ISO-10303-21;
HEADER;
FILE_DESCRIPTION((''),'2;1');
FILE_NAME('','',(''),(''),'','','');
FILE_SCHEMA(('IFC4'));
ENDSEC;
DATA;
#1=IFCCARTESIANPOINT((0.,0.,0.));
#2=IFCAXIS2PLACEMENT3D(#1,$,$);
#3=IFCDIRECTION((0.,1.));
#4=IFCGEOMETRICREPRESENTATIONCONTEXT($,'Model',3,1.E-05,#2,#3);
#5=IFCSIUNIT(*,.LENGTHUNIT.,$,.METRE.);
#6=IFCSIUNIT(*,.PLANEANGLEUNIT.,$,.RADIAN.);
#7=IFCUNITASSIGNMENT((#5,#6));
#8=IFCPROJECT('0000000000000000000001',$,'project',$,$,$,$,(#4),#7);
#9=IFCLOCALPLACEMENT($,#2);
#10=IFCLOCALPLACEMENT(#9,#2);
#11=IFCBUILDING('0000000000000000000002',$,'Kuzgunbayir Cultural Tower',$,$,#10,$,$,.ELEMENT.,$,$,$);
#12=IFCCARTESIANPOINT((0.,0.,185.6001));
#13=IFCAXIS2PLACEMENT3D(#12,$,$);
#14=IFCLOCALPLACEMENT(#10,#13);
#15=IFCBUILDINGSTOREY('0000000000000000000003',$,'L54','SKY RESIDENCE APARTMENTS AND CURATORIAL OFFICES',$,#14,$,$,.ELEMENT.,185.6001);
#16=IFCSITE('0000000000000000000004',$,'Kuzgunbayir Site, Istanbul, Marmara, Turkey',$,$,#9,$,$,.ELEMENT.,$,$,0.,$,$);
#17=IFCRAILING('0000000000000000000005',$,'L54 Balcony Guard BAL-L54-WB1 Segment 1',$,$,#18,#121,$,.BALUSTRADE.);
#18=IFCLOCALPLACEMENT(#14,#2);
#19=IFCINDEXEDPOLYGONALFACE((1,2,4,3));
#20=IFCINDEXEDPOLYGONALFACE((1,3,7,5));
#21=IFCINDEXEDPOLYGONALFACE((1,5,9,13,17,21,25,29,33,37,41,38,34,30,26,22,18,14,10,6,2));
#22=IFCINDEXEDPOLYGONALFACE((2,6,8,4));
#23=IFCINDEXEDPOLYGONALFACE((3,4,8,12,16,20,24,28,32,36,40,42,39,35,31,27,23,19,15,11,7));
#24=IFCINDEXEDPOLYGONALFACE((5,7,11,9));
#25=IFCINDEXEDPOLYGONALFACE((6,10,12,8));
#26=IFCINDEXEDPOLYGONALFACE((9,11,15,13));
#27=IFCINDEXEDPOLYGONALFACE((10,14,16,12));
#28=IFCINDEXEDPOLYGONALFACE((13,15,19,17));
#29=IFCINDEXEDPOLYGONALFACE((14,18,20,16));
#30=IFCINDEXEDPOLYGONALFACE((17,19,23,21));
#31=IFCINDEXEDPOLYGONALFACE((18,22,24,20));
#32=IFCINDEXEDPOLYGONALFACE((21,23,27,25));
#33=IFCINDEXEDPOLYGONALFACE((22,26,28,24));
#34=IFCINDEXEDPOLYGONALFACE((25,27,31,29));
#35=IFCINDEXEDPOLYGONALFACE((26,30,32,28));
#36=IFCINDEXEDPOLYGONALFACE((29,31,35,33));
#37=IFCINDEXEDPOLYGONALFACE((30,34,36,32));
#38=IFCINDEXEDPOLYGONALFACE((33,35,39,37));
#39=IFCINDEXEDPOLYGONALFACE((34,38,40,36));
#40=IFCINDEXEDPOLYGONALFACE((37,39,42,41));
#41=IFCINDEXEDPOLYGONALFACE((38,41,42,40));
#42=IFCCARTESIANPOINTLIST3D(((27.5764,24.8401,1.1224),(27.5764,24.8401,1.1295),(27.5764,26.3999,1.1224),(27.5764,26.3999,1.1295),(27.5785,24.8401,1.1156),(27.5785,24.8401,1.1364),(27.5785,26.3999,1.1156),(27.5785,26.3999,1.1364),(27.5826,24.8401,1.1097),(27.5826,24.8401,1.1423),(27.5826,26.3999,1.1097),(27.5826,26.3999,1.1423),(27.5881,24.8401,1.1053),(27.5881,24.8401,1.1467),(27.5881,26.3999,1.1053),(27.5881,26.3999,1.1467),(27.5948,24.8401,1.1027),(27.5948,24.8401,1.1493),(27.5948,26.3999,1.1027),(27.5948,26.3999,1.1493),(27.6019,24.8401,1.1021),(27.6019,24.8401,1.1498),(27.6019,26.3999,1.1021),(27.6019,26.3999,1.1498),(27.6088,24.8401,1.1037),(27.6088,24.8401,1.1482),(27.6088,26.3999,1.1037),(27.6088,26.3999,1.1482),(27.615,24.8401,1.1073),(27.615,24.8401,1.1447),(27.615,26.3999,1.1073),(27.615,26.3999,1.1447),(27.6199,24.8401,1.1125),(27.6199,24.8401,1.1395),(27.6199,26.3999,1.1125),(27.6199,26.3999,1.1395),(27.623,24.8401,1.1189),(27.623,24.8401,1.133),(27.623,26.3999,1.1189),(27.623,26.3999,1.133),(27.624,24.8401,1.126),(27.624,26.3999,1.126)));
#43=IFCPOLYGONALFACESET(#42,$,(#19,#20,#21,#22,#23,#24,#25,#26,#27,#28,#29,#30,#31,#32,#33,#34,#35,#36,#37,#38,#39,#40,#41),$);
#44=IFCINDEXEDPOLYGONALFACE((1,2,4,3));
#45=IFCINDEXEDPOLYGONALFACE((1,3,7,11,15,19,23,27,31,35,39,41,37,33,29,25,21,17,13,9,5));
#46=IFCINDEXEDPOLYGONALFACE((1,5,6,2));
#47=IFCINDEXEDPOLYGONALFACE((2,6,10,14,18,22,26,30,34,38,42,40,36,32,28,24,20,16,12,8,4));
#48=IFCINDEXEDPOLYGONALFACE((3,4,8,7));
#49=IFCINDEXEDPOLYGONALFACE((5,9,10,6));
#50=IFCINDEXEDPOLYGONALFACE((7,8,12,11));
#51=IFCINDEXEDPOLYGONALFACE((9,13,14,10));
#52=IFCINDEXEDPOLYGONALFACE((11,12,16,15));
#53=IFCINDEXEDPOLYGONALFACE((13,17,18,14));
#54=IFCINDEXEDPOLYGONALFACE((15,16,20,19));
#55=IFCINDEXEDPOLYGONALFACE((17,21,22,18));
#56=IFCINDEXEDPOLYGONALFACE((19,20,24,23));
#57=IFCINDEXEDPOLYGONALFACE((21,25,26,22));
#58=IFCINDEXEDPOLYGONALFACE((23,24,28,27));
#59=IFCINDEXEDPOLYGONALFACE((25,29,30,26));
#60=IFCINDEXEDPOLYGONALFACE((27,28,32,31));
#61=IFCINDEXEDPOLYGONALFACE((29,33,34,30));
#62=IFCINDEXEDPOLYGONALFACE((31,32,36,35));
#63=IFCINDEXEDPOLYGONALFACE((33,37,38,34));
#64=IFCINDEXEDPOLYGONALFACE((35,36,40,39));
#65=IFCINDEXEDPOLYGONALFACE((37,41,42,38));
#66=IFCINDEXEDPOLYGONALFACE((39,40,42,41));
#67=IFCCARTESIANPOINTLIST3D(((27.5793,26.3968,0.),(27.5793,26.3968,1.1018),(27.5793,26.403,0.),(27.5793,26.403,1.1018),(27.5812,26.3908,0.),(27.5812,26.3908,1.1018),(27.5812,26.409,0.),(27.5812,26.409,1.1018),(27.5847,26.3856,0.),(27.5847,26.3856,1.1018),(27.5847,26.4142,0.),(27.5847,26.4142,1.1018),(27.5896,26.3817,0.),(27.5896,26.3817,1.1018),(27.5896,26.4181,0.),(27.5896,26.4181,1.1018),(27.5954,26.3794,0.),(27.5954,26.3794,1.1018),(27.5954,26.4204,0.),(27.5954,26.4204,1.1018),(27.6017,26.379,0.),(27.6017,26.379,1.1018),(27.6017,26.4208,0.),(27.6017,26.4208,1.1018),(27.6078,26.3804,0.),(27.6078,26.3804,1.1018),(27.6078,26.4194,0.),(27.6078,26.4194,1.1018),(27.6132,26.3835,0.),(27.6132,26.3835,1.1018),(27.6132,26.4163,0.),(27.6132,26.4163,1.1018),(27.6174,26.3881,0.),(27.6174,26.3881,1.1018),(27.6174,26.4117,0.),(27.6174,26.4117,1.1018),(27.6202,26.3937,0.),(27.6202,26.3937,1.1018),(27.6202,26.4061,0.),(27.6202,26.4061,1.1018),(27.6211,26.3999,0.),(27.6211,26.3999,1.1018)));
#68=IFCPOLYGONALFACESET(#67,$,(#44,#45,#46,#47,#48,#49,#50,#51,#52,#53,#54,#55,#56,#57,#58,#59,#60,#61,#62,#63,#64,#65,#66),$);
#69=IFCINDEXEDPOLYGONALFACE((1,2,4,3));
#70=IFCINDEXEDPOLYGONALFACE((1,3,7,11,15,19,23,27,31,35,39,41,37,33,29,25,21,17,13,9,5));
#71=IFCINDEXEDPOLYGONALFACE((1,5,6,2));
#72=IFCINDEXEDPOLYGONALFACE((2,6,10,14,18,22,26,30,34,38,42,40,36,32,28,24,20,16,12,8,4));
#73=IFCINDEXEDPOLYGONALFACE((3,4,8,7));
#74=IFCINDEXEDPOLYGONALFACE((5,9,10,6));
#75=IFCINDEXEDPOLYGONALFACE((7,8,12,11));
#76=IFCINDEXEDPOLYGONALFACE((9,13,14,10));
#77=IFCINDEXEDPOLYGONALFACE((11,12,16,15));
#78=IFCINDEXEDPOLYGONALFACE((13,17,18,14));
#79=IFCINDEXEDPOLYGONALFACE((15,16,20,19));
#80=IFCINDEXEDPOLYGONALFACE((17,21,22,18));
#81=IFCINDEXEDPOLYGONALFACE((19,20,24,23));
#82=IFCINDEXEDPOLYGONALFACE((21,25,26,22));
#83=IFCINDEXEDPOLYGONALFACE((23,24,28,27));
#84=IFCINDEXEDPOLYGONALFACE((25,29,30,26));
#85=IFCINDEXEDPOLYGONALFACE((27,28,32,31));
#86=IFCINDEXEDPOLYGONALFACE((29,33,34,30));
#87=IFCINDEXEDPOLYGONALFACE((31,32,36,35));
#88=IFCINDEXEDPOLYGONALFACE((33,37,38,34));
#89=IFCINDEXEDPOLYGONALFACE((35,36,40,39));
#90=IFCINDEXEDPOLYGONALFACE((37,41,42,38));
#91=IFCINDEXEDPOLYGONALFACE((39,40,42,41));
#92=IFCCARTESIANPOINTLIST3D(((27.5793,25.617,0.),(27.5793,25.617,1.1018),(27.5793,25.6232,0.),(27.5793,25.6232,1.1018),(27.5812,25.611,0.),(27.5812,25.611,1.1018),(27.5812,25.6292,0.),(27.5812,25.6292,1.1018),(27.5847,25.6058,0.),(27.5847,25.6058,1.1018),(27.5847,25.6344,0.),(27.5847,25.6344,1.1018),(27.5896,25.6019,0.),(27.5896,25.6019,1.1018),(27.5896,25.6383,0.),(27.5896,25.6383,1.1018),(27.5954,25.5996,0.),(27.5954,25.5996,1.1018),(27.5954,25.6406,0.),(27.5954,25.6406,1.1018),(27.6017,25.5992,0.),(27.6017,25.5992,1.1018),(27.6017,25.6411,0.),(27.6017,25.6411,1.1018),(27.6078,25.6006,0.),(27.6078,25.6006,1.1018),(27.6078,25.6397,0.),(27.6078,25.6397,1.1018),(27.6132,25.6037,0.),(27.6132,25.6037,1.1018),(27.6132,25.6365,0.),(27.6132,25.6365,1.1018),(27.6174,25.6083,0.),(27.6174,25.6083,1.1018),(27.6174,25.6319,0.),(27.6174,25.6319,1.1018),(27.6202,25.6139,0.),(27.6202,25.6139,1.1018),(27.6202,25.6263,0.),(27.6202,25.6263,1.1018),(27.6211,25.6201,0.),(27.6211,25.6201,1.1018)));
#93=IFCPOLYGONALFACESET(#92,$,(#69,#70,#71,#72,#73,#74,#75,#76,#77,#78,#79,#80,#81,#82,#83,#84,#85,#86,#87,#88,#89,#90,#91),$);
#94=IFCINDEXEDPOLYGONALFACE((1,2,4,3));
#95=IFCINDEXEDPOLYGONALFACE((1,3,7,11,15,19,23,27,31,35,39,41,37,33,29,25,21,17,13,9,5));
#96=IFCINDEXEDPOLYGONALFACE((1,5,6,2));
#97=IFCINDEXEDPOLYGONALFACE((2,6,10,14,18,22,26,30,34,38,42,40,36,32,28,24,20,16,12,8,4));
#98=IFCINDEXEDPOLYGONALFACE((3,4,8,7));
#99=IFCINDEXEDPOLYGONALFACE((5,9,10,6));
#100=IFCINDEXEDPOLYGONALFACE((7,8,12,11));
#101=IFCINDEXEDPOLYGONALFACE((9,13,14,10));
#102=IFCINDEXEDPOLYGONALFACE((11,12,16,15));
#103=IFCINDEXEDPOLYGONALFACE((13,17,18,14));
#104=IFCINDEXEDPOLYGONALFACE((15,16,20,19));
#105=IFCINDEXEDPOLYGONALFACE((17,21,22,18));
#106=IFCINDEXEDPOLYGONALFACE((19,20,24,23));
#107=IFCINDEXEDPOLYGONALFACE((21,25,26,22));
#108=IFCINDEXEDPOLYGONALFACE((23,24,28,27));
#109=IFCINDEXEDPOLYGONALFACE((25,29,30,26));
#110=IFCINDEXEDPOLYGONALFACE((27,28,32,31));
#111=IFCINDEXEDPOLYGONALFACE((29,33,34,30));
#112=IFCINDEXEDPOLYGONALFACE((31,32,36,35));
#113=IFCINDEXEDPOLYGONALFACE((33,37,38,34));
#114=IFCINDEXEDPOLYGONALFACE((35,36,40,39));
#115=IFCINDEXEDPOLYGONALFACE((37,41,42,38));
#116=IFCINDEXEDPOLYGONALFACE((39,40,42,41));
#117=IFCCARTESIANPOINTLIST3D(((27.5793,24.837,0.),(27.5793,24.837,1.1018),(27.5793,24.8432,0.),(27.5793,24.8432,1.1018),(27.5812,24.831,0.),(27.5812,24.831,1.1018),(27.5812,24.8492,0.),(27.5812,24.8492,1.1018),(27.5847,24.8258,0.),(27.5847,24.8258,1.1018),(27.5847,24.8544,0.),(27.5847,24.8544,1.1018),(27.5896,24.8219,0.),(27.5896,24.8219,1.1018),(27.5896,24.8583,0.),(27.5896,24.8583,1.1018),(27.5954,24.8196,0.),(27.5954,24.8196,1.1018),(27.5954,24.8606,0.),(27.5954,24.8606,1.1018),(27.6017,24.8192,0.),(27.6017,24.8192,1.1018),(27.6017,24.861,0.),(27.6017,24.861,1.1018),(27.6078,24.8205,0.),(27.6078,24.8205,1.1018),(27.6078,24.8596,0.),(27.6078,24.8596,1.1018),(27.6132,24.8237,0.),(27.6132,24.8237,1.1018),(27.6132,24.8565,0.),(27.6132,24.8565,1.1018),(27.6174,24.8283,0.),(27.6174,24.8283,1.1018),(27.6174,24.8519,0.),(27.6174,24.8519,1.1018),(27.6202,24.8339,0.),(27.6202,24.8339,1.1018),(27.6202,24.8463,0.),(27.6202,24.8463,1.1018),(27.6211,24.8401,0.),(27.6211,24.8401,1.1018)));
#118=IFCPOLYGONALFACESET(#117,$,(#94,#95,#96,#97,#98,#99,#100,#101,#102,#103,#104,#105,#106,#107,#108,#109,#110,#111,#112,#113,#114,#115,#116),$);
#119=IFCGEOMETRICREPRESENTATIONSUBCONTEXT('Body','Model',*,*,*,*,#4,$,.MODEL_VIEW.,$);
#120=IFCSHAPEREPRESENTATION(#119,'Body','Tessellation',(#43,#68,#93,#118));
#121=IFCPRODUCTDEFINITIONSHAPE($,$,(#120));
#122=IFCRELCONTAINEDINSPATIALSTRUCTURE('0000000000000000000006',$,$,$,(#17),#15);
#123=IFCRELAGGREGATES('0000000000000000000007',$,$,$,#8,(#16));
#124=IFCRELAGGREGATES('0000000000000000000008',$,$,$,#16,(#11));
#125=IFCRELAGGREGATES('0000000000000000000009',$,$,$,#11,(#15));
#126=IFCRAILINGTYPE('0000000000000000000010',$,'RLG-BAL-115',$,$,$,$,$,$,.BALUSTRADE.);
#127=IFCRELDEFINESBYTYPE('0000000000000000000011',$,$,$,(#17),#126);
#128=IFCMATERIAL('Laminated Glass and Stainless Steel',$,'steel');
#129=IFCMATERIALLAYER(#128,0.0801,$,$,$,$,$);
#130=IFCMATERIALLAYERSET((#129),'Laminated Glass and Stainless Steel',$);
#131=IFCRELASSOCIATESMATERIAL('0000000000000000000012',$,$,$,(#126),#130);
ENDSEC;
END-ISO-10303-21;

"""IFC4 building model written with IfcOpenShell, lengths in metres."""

from ifc_helpers import new_model, si_unit, direction, frame, origin, origin_2d, place, context, subcontext, project, spatial, circle, extrude, material, layer, layer_set, type_object, element, save


model = new_model("IFC4")

# Units and contexts
model_context = context("Model", 3, precision=1e-05, world=origin(), true_north=direction((0.0, 1.0)))
body_context = subcontext(model_context, "Body", "Model", "MODEL_VIEW")
ifc_project = project(units=[si_unit("LENGTHUNIT", "METRE"), si_unit("PLANEANGLEUNIT", "RADIAN")], contexts=[model_context])

# Site, building, storey
site_placement = place(None, origin())
site = spatial("IfcSite", under=ifc_project, at=site_placement, Name="Kuzgunbayir Site, Istanbul, Marmara, Turkey", CompositionType="ELEMENT", RefElevation=0.0)
building_placement = place(site_placement, origin())
building = spatial("IfcBuilding", under=site, at=building_placement, Name="Kuzgunbayir Cultural Tower", CompositionType="ELEMENT")
storey_placement = place(building_placement, frame((0.0, 0.0, 185.6001)))
storey = spatial("IfcBuildingStorey", under=building, at=storey_placement, Name="L54", Description="SKY RESIDENCE APARTMENTS AND CURATORIAL OFFICES", CompositionType="ELEMENT", Elevation=185.6001)

# Railing
ifc_material_1 = material(Name="Laminated Glass and Stainless Steel", Category="steel")
ifc_layer_1 = layer(ifc_material_1, 0.0801)
ifc_layer_set_1 = layer_set([ifc_layer_1], Name="Laminated Glass and Stainless Steel")
railing_type = type_object("IfcRailingType", Name="RLG-BAL-115", PredefinedType="BALUSTRADE", material=ifc_layer_set_1)
railing_1_placement = place(storey_placement, frame((27.6001, 26.3999, 0.0)))
element("IfcRailing", 1, at=railing_1_placement, inside=storey, type_object=railing_type, Name="L54 Balcony Guard BAL-L54-WB1 Segment 1", PredefinedType="BALUSTRADE", context=body_context, shape_type="SweptSolid", body=[
    extrude(circle(Radius=0.0239, at=origin_2d()), frame((0.0, 0.0, 1.126), z_axis=(0.0, -1.0, 0.0), x_axis=(1.0, 0.0, 0.0)), (0.0, 0.0, 1.0), 1.5598),
    extrude(circle(Radius=0.021, at=origin_2d()), origin(), (0.0, 0.0, 1.0), 1.1018),
    extrude(circle(Radius=0.021, at=origin_2d()), frame((0.0, -0.7798, 0.0)), (0.0, 0.0, 1.0), 1.1018),
    extrude(circle(Radius=0.021, at=origin_2d()), frame((0.0, -1.5598, 0.0)), (0.0, 0.0, 1.0), 1.1018),
])

save(model, "model.ifc")
